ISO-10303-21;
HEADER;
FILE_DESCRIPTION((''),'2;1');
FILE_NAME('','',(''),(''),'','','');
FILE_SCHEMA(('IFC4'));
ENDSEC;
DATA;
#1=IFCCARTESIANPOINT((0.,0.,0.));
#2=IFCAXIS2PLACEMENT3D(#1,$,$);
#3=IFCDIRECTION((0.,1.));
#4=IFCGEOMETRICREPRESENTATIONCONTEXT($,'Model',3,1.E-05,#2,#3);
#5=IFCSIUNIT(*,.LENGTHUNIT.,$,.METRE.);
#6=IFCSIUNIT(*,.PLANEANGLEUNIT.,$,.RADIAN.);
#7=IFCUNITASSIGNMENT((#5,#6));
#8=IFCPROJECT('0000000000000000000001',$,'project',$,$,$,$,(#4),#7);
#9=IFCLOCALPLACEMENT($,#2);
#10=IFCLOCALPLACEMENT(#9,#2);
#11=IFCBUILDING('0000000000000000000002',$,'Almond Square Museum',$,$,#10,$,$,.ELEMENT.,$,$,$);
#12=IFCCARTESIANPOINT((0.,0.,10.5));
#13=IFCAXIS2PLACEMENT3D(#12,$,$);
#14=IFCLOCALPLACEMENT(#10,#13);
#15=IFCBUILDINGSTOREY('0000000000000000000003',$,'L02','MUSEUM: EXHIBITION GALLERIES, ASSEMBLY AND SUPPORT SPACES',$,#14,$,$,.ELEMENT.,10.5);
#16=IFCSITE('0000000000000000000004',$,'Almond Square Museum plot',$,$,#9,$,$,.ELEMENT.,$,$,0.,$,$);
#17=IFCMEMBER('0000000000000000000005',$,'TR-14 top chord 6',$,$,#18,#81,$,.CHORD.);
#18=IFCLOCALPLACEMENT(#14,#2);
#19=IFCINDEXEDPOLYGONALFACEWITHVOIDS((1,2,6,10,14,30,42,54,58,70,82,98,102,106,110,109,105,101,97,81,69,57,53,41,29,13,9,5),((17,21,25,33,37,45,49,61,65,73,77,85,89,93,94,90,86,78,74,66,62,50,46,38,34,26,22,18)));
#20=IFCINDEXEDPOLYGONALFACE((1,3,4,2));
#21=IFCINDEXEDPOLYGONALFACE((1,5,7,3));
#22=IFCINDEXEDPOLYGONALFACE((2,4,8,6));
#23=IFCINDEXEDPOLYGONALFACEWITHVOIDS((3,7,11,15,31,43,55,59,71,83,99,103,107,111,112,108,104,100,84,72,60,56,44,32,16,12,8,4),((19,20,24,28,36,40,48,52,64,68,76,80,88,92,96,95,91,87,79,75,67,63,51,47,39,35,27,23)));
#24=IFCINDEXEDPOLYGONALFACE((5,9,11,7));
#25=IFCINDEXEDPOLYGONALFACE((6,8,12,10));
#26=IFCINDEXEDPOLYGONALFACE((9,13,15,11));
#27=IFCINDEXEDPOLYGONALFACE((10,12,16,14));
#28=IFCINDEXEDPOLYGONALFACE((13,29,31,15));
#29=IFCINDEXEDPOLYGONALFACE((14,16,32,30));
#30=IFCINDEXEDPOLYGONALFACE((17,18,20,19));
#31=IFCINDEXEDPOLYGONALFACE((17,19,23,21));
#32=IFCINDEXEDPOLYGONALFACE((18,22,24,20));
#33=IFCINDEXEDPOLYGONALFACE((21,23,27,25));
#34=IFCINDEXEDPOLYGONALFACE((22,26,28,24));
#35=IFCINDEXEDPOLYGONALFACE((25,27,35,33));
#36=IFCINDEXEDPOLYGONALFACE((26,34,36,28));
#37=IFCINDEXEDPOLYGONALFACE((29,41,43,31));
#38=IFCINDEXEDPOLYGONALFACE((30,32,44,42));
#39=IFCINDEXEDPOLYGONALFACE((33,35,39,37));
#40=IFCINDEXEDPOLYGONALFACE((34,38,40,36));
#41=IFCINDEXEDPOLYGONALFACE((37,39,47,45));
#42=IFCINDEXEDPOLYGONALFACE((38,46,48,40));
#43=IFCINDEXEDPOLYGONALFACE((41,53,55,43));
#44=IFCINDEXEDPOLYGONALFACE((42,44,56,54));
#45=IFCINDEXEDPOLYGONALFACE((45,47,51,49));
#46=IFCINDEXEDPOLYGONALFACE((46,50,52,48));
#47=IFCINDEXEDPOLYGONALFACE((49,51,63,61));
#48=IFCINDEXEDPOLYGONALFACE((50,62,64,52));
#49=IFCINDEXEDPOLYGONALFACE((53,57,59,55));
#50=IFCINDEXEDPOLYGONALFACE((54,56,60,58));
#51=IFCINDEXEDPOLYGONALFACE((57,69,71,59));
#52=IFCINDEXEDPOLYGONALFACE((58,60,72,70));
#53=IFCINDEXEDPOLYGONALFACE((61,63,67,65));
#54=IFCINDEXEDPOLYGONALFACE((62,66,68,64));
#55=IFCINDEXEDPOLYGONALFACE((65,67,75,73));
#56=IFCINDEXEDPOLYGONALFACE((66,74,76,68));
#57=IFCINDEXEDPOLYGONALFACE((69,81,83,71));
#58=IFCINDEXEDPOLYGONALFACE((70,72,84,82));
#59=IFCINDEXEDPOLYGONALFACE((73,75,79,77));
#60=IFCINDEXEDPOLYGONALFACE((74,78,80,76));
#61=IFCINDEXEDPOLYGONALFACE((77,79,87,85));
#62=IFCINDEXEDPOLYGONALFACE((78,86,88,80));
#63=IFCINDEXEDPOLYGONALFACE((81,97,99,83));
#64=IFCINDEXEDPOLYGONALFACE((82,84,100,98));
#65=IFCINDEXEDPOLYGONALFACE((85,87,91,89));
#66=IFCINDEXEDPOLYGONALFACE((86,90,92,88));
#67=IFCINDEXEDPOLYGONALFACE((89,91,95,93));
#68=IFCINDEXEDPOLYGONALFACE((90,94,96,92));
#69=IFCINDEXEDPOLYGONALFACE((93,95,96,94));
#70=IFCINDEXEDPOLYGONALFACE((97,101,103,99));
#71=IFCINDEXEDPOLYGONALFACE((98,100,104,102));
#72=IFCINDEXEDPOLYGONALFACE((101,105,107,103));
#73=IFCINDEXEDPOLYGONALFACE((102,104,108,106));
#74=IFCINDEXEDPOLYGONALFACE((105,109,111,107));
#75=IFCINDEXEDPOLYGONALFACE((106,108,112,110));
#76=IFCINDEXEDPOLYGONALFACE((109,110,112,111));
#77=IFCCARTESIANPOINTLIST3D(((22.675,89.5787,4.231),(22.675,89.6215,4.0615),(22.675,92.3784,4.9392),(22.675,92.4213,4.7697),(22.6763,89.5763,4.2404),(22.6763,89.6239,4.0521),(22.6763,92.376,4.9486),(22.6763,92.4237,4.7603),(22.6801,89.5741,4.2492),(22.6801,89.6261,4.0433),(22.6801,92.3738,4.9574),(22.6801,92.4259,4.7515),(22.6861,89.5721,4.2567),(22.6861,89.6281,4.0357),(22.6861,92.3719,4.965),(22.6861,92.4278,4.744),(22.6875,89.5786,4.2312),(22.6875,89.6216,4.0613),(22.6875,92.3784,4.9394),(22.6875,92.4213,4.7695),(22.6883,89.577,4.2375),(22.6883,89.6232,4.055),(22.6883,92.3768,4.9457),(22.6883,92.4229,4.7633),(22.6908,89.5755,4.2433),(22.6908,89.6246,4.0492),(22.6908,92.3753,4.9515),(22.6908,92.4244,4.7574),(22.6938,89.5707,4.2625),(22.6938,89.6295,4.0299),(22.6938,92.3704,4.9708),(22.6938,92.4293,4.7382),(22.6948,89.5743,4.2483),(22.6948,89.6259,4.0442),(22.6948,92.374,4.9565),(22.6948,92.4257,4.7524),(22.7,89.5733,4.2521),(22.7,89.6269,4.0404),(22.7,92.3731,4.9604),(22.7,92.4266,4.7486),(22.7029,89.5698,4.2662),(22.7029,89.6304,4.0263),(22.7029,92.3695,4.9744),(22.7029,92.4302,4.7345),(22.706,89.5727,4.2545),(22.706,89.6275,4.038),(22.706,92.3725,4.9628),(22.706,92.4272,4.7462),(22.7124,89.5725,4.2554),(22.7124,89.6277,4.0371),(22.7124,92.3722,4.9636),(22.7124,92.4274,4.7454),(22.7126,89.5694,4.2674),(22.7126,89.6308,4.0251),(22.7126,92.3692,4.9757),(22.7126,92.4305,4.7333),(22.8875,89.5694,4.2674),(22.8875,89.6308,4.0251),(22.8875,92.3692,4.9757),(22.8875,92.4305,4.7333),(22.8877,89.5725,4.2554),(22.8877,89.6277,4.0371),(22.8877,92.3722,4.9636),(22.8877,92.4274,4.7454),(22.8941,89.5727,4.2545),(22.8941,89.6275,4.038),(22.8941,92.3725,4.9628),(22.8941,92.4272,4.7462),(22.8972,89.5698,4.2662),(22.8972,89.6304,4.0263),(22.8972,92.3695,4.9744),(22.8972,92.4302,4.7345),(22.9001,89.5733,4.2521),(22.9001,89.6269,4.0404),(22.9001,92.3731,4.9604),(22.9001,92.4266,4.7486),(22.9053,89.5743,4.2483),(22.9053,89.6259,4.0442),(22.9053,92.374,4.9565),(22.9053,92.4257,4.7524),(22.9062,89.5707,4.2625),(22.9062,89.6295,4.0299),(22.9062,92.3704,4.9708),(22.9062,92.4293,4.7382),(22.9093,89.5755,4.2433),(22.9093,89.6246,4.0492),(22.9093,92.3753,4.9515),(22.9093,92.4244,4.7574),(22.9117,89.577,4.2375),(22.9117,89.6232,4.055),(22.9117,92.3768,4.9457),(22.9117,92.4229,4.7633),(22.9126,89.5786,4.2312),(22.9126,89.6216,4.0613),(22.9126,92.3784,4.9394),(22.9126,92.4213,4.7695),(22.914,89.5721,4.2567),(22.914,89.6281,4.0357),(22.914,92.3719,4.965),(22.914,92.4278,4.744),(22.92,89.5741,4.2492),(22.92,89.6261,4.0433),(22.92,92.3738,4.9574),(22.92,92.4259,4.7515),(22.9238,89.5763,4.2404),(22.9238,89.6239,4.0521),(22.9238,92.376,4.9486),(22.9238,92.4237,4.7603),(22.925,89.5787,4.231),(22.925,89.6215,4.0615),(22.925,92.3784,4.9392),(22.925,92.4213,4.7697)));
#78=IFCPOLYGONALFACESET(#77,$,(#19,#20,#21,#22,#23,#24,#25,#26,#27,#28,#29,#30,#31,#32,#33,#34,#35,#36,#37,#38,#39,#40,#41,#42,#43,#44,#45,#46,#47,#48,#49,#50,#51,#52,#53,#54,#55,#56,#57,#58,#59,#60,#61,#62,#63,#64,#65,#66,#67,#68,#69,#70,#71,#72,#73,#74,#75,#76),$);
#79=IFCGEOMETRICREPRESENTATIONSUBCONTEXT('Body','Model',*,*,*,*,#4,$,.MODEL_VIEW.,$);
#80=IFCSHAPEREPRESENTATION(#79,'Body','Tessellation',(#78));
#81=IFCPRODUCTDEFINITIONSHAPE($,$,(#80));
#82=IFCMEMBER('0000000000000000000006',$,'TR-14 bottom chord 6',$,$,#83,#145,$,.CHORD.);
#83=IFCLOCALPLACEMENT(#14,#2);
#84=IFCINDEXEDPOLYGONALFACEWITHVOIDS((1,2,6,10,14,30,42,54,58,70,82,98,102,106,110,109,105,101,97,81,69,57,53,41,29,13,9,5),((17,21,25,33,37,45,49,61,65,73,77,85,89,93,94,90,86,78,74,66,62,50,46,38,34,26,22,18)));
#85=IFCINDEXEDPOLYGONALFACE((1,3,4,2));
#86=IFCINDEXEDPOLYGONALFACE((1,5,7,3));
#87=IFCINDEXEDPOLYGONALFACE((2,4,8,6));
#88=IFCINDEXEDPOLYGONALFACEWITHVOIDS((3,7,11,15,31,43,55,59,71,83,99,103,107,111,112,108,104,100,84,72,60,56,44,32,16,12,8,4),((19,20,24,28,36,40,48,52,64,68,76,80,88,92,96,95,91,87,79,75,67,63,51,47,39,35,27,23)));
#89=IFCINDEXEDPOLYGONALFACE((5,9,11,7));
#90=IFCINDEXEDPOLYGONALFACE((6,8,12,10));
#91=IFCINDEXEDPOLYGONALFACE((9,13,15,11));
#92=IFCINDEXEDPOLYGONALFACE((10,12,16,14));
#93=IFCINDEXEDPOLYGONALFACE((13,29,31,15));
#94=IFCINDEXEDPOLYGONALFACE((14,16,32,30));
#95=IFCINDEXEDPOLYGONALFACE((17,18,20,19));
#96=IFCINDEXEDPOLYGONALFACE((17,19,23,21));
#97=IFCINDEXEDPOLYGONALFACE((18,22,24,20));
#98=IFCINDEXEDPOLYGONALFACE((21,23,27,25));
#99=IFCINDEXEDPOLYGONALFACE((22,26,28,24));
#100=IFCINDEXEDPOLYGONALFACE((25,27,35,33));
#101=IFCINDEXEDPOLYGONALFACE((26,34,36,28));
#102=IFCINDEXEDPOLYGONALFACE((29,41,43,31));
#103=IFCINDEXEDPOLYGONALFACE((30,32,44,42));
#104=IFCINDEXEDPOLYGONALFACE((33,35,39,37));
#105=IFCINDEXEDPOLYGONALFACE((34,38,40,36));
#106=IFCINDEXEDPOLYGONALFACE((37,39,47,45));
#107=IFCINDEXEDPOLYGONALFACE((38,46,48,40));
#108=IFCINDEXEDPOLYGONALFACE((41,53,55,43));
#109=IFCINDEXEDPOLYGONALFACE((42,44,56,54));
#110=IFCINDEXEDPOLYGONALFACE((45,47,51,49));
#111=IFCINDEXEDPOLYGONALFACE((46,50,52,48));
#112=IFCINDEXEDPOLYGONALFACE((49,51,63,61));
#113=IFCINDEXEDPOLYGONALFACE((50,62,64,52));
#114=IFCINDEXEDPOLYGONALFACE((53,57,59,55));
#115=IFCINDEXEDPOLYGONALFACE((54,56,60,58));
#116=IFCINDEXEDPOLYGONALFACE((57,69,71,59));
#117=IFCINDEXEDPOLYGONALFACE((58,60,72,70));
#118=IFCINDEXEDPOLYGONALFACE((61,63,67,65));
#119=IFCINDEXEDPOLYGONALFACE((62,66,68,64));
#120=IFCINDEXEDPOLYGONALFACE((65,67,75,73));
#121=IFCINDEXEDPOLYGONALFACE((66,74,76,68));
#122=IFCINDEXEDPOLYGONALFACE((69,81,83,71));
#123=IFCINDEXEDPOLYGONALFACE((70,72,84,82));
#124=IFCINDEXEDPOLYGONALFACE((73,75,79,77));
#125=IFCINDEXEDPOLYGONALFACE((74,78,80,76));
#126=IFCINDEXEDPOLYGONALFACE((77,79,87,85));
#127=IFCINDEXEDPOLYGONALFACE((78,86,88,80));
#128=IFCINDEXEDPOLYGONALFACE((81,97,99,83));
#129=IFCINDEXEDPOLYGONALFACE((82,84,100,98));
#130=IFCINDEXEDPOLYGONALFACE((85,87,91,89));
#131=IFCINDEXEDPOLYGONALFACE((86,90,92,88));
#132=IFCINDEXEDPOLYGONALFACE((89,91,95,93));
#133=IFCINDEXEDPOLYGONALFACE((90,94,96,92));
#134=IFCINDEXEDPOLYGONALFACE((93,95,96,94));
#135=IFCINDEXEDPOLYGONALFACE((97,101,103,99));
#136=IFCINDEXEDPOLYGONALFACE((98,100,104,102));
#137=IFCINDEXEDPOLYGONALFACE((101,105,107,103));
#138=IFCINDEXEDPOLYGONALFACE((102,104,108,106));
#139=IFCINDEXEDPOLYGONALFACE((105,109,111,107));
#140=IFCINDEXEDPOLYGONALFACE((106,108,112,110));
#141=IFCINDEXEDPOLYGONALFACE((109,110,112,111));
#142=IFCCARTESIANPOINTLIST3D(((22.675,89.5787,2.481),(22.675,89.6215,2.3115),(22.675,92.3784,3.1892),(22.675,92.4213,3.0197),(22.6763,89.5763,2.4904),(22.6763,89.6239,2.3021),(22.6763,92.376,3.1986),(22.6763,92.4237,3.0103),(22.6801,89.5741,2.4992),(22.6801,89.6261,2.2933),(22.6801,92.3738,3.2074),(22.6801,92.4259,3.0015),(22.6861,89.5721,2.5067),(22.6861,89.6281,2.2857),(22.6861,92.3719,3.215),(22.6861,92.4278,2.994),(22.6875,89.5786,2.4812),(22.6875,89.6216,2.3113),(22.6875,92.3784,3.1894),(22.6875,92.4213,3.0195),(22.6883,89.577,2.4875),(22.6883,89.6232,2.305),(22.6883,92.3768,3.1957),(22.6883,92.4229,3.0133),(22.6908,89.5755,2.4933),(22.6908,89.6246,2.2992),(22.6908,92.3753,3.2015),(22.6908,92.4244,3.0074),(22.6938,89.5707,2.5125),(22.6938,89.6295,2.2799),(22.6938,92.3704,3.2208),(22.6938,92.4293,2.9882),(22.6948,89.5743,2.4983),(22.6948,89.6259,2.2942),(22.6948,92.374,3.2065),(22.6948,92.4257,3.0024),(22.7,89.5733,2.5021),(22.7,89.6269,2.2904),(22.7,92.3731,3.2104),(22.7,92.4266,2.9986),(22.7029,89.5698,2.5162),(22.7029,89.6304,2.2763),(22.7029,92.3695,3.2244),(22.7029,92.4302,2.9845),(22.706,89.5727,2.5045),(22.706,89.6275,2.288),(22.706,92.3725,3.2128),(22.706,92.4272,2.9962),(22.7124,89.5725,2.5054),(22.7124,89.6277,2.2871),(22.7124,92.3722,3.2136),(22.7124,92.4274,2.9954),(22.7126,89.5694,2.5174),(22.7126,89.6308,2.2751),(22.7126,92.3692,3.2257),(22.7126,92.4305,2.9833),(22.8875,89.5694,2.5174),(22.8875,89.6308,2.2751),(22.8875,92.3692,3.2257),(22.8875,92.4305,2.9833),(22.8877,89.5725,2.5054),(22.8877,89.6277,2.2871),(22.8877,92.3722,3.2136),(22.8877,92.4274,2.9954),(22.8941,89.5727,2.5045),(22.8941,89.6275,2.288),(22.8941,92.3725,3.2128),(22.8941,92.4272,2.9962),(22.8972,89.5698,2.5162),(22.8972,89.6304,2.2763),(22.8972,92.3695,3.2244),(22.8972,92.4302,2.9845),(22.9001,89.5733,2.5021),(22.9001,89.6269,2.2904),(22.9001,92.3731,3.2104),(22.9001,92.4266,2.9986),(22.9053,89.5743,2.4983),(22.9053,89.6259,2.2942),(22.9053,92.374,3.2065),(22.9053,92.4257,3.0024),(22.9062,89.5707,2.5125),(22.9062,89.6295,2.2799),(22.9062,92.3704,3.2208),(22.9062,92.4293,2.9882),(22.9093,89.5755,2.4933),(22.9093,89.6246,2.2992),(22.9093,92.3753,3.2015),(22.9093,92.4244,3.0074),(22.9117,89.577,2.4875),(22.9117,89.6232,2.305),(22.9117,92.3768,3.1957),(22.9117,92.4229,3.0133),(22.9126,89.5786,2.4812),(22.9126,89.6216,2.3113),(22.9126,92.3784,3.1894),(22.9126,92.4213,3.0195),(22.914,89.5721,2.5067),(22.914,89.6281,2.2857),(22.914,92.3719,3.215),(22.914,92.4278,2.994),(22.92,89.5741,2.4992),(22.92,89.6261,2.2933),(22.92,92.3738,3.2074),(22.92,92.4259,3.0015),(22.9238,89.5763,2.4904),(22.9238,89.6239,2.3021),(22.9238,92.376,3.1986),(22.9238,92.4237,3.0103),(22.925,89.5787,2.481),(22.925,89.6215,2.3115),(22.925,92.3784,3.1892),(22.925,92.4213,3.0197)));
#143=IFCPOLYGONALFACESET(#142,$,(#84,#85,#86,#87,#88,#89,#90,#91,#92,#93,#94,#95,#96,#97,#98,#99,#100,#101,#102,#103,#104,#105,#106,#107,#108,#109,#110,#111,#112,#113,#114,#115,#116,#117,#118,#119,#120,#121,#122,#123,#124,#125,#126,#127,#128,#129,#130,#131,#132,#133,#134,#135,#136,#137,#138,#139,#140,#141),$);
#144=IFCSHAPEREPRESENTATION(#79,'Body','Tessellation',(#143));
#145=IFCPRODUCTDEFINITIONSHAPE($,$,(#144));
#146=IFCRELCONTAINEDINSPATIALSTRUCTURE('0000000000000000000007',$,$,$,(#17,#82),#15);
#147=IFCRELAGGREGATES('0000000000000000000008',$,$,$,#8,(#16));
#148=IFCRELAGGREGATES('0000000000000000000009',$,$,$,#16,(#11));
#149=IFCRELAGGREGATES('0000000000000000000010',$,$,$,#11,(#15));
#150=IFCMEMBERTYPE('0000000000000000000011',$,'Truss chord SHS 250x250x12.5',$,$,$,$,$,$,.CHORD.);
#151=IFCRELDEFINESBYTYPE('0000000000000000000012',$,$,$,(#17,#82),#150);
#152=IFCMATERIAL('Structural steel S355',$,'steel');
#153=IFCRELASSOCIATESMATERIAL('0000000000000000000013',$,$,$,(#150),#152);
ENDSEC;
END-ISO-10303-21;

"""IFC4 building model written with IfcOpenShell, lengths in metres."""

from ifc_helpers import new_model, si_unit, direction, frame, origin, origin_2d, place, context, subcontext, project, spatial, hollow_rectangle, extrude, material, material_profile, profile_set, type_object, element, save


model = new_model("IFC4")

# Units and contexts
model_context = context("Model", 3, precision=1e-05, world=origin(), true_north=direction((0.0, 1.0)))
body_context = subcontext(model_context, "Body", "Model", "MODEL_VIEW")
ifc_project = project(units=[si_unit("LENGTHUNIT", "METRE"), si_unit("PLANEANGLEUNIT", "RADIAN")], contexts=[model_context])

# Site, building, storey
site_placement = place(None, origin())
site = spatial("IfcSite", under=ifc_project, at=site_placement, Name="Almond Square Museum plot", CompositionType="ELEMENT", RefElevation=0.0)
building_placement = place(site_placement, origin())
building = spatial("IfcBuilding", under=site, at=building_placement, Name="Almond Square Museum", CompositionType="ELEMENT")
storey_placement = place(building_placement, frame((0.0, 0.0, 10.5)))
storey = spatial("IfcBuildingStorey", under=building, at=storey_placement, Name="L02", Description="MUSEUM: EXHIBITION GALLERIES, ASSEMBLY AND SUPPORT SPACES", CompositionType="ELEMENT", Elevation=10.5)

# Members
ifc_material_1 = material(Name="Structural steel S355", Category="steel")
ifc_material_profile_1 = material_profile(ifc_material_1, hollow_rectangle(XDim=0.25, YDim=0.25, WallThickness=0.0125, InnerFilletRadius=0.0249, OuterFilletRadius=0.0376, at=origin_2d()))
ifc_profile_set_1 = profile_set([ifc_material_profile_1], Name="Structural steel S355")
member_type_1 = type_object("IfcMemberType", Name="Truss chord SHS 250x250x12.5", PredefinedType="CHORD", material=ifc_profile_set_1)
for number, where, z_axis, x_axis, name in (
    (1, (22.8, 89.6001, 4.1462), (0.0, 0.969462, 0.24524), (-1.0, 0.0, 0.0), "TR-14 top chord 6"),
    (2, (22.8, 89.6001, 2.3962), (0.0, 0.969462, 0.24524), (-1.0, 0.0, 0.0), "TR-14 bottom chord 6"),
):
    element("IfcMember", number, at=place(storey_placement, frame(where, z_axis=z_axis, x_axis=x_axis)), inside=storey, type_object=member_type_1, Name=name, PredefinedType="CHORD", context=body_context, shape_type="SweptSolid", body=[
        extrude(hollow_rectangle(XDim=0.25, YDim=0.25, WallThickness=0.0125, InnerFilletRadius=0.0249, OuterFilletRadius=0.0376, at=origin_2d()), origin(), (0.0, 0.0, 1.0), 2.8879),
    ])

save(model, "model.ifc")
